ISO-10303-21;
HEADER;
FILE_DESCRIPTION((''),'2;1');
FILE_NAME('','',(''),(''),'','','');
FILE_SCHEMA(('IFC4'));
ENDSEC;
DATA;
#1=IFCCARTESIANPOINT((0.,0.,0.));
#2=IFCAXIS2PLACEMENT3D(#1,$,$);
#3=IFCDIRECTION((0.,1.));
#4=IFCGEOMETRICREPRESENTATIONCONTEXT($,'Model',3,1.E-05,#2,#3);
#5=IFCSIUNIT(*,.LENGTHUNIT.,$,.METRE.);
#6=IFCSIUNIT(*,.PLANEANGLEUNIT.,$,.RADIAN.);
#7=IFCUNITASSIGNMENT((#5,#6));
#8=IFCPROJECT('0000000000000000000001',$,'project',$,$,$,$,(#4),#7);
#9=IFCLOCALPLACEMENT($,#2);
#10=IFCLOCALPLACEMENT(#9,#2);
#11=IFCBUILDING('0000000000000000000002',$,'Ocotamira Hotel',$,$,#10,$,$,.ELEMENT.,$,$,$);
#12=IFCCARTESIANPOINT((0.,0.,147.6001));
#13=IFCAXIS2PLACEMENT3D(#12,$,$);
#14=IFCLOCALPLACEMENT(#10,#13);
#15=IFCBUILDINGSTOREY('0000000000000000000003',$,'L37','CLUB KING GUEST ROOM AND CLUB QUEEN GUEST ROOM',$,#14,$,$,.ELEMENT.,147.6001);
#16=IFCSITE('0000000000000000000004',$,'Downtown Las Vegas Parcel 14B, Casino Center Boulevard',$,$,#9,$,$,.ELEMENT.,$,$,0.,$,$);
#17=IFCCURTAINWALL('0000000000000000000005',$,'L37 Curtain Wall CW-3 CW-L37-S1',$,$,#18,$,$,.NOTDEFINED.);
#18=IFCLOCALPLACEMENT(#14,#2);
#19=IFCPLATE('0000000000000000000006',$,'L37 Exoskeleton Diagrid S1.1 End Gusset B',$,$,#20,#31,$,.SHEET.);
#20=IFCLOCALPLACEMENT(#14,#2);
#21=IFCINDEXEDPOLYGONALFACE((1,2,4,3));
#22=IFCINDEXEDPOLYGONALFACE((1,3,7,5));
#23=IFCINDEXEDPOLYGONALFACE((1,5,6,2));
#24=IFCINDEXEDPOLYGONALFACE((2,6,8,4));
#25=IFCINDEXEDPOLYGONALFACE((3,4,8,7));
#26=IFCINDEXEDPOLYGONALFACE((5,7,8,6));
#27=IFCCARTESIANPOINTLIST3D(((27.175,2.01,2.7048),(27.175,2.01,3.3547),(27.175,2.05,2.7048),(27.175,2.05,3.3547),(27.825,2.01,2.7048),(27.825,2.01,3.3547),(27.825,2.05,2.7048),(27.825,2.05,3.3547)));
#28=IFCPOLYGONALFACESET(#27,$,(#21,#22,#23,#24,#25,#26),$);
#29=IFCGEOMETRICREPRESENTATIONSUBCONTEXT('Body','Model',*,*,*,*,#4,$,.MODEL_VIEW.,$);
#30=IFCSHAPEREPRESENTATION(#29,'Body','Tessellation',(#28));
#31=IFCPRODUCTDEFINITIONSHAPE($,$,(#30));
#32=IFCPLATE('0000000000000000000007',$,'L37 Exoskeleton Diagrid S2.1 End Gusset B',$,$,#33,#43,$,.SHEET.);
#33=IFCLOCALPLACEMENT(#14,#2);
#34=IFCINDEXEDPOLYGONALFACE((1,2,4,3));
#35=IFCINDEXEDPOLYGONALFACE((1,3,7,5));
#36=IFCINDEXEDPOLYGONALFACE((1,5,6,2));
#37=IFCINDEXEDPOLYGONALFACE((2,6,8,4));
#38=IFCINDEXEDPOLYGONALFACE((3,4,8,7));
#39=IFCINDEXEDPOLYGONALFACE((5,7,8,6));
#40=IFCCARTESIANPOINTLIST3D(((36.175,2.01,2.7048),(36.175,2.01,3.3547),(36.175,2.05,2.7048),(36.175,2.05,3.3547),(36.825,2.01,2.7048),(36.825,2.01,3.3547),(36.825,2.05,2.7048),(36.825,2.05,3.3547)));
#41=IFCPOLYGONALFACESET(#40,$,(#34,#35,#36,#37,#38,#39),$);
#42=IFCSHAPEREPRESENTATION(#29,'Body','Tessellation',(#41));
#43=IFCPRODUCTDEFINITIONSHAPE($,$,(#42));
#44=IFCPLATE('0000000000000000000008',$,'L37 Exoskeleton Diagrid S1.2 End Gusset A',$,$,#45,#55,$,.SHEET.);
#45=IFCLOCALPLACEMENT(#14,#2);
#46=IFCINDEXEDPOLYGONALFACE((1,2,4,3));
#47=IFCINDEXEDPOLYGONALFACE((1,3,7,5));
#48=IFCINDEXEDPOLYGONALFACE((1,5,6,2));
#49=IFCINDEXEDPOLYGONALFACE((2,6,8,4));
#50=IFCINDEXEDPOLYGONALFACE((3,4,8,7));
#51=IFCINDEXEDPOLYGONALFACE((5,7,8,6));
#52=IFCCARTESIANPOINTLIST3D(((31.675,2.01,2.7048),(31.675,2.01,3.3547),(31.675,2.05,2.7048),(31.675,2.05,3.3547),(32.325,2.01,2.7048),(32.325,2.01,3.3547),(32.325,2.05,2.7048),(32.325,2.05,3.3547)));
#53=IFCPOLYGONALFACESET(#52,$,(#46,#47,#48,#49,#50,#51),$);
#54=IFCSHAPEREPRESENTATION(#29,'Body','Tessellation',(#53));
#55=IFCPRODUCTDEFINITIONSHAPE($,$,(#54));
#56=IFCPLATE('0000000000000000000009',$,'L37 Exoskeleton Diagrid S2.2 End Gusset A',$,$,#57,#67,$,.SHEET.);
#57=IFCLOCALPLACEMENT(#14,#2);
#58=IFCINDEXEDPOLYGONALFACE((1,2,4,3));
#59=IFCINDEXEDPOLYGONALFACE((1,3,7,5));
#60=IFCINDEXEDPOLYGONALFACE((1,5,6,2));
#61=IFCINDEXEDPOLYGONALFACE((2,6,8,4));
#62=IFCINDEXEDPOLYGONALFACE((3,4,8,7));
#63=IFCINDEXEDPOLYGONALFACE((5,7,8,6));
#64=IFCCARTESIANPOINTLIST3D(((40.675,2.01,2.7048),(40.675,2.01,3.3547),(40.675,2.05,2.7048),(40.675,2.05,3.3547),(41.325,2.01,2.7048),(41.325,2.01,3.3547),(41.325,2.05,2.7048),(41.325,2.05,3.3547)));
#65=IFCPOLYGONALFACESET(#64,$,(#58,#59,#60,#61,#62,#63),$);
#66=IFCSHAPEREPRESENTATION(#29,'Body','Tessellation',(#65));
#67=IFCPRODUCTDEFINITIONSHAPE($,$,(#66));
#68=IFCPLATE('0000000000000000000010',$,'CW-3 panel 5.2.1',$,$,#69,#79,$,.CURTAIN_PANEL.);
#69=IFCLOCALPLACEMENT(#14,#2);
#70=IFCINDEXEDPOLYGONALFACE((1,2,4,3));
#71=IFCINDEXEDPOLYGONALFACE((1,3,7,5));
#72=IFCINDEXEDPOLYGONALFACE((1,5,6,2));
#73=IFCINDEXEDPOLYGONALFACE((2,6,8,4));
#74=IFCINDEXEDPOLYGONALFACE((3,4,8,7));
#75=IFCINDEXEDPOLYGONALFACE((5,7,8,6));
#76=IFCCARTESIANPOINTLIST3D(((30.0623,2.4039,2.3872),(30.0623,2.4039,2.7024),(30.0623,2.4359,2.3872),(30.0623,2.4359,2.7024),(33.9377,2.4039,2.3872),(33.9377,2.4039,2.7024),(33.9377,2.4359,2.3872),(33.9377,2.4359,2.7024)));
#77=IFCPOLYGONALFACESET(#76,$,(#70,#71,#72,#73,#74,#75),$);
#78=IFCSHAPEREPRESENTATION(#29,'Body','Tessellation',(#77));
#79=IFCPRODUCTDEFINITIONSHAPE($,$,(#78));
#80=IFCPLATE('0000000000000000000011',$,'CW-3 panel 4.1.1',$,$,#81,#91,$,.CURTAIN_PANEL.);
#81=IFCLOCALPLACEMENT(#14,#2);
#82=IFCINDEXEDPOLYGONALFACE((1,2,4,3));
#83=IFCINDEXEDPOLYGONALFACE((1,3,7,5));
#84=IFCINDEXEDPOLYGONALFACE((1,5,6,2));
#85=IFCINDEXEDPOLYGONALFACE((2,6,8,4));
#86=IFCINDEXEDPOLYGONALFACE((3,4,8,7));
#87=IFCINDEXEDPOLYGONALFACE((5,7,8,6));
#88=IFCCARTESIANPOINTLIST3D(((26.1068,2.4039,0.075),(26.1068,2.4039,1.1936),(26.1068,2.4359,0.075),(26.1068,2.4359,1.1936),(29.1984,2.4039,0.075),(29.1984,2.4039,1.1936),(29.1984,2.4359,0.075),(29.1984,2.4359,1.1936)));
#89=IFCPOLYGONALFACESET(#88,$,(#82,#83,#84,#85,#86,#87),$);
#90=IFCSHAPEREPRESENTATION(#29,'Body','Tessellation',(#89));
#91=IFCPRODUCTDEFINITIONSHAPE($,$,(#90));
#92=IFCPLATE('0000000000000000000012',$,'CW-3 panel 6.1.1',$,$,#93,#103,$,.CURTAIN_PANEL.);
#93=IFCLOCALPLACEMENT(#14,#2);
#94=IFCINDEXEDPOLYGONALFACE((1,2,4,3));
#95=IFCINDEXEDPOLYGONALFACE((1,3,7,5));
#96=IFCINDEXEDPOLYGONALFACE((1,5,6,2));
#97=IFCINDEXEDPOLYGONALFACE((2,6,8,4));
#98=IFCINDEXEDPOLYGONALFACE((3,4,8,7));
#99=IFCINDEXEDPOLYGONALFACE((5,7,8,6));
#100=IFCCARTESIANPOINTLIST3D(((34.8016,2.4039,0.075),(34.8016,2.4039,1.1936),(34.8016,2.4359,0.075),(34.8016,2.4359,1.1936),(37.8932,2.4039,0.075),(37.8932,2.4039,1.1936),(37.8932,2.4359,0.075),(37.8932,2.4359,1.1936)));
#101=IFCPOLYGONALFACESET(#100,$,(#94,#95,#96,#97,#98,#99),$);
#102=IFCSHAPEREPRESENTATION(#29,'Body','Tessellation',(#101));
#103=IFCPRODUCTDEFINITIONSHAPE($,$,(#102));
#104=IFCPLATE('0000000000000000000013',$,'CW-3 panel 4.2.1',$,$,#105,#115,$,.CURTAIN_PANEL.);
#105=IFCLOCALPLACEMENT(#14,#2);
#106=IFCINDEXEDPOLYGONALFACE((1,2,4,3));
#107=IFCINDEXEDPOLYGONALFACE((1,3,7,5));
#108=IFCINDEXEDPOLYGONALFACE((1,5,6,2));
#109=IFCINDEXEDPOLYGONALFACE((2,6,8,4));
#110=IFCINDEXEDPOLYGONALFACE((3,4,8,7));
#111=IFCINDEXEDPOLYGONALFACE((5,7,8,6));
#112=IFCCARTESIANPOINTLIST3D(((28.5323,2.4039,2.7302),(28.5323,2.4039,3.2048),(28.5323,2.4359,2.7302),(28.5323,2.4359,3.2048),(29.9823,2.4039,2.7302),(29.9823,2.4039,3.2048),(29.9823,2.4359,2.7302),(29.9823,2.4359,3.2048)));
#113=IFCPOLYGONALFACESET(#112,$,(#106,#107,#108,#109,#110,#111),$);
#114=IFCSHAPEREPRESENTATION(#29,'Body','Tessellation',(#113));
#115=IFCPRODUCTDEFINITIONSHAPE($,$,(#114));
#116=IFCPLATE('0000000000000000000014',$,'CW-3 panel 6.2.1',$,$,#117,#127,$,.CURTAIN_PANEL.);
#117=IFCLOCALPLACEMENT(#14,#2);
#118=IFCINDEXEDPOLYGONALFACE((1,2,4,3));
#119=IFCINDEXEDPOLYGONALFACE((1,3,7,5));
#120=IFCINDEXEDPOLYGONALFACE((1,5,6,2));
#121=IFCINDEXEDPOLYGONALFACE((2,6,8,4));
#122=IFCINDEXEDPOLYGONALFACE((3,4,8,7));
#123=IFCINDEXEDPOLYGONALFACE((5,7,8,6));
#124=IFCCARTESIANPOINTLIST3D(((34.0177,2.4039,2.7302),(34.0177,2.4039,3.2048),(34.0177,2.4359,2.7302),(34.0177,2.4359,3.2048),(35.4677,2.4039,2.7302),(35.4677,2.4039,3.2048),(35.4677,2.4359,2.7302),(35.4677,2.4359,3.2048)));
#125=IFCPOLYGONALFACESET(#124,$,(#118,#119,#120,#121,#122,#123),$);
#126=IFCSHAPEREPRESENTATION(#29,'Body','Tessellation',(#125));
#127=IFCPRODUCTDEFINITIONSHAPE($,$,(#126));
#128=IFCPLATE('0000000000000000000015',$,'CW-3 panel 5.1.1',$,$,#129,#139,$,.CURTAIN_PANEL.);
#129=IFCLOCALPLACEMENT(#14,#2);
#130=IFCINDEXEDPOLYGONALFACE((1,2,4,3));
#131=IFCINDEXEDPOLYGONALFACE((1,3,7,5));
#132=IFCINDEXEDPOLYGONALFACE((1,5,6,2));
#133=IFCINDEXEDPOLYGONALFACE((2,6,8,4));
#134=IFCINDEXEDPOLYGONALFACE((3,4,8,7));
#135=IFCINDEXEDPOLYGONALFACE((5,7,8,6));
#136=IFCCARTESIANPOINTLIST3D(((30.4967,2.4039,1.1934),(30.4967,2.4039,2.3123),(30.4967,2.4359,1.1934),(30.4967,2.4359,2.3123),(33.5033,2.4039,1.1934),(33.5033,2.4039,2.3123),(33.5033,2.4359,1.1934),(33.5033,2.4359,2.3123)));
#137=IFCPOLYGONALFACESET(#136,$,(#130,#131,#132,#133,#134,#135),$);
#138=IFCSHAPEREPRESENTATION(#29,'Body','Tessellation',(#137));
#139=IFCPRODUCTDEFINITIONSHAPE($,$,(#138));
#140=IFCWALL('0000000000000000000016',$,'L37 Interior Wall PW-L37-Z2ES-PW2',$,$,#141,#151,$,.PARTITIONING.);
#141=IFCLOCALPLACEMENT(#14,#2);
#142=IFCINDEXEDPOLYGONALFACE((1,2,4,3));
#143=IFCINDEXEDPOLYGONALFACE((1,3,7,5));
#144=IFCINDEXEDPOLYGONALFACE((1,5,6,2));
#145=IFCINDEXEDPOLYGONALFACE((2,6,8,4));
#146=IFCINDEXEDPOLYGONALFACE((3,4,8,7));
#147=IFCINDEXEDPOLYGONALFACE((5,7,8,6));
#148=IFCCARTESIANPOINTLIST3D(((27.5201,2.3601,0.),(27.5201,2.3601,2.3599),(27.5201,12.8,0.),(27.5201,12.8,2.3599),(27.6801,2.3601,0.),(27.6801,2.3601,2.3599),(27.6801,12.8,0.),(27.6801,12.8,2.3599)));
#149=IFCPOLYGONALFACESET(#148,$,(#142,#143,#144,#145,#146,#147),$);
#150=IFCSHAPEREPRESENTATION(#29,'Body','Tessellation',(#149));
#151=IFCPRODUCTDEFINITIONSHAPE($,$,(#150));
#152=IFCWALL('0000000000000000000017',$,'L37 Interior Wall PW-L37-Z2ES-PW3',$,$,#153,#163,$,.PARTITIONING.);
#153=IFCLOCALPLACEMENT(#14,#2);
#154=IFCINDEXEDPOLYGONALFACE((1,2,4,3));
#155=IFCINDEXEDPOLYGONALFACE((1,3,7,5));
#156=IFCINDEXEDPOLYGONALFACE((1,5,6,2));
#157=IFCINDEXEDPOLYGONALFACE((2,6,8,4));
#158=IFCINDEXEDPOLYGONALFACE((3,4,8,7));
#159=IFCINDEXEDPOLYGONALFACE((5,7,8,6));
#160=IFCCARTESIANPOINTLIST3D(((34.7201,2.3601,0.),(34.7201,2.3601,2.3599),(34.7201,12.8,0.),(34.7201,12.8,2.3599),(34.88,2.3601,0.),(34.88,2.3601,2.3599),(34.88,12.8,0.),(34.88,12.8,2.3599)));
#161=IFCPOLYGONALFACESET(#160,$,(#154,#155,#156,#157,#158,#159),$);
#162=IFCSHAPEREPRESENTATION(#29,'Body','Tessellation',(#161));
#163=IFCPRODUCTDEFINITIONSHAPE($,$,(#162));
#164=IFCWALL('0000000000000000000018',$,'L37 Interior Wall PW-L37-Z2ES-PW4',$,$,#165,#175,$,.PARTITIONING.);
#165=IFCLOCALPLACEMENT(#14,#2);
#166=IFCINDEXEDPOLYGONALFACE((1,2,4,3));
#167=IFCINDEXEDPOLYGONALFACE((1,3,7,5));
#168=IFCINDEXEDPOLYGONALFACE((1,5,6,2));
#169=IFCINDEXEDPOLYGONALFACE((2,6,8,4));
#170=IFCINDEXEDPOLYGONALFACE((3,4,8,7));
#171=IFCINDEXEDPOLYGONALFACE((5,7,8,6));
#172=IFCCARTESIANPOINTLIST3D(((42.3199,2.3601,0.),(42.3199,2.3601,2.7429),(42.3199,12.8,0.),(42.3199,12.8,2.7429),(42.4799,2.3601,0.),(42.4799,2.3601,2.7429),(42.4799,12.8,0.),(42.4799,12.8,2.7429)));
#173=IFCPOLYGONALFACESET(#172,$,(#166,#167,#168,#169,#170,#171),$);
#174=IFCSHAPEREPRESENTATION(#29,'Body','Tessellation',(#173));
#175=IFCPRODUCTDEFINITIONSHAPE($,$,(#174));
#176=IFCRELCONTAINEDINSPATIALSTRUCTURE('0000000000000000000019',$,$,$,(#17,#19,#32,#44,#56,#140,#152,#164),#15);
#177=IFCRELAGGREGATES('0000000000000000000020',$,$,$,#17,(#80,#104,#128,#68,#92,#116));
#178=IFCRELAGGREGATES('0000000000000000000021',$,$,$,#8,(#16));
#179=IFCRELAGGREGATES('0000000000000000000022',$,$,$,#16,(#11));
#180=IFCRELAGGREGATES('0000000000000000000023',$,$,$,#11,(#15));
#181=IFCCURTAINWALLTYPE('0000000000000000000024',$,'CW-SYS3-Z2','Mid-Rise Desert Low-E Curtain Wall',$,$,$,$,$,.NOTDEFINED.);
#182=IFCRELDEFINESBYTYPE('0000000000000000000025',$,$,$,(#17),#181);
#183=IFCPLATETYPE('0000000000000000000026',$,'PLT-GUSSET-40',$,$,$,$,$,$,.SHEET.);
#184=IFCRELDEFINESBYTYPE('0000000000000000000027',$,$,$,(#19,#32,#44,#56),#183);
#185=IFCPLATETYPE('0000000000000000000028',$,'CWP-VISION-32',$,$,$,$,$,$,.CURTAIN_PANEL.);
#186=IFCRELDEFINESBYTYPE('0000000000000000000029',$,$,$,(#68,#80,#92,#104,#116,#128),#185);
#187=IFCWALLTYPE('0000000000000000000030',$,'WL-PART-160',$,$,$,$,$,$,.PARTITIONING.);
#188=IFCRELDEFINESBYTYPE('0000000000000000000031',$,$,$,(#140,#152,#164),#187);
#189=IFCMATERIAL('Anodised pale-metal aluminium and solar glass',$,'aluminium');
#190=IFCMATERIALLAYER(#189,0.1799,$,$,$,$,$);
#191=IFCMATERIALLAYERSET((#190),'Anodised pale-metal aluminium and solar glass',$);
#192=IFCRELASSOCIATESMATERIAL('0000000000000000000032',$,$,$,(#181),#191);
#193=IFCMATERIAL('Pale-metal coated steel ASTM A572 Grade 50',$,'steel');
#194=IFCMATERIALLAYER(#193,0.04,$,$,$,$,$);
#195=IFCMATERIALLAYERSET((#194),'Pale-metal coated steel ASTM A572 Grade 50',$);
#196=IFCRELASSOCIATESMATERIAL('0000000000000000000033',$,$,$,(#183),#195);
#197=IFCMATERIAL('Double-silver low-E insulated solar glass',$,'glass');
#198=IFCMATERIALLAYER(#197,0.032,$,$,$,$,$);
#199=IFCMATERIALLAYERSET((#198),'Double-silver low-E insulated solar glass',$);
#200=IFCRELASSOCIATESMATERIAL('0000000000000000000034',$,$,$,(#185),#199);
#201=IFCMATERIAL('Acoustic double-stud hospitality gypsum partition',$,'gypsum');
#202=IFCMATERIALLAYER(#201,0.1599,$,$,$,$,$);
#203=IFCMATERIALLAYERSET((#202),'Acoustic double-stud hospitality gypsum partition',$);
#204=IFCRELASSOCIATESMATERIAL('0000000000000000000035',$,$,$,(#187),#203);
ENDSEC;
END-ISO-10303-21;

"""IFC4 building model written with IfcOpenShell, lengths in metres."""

from ifc_helpers import new_model, si_unit, direction, frame, frame_2d, origin, origin_2d, place, context, subcontext, project, spatial, rectangle, extrude, source, transform, mapped, material, layer, layer_set, type_object, element, aggregate, save


model = new_model("IFC4")

# Units and contexts
model_context = context("Model", 3, precision=1e-05, world=origin(), true_north=direction((0.0, 1.0)))
body_context = subcontext(model_context, "Body", "Model", "MODEL_VIEW")
ifc_project = project(units=[si_unit("LENGTHUNIT", "METRE"), si_unit("PLANEANGLEUNIT", "RADIAN")], contexts=[model_context])

# Site, building, storey
site_placement = place(None, origin())
site = spatial("IfcSite", under=ifc_project, at=site_placement, Name="Downtown Las Vegas Parcel 14B, Casino Center Boulevard", CompositionType="ELEMENT", RefElevation=0.0)
building_placement = place(site_placement, origin())
building = spatial("IfcBuilding", under=site, at=building_placement, Name="Ocotamira Hotel", CompositionType="ELEMENT")
storey_placement = place(building_placement, frame((0.0, 0.0, 147.6001)))
storey = spatial("IfcBuildingStorey", under=building, at=storey_placement, Name="L37", Description="CLUB KING GUEST ROOM AND CLUB QUEEN GUEST ROOM", CompositionType="ELEMENT", Elevation=147.6001)

# Curtain wall
ifc_material_1 = material(Name="Anodised pale-metal aluminium and solar glass", Category="aluminium")
ifc_layer_1 = layer(ifc_material_1, 0.1799)
ifc_layer_set_1 = layer_set([ifc_layer_1], Name="Anodised pale-metal aluminium and solar glass")
curtain_wall_type = type_object("IfcCurtainWallType", Name="CW-SYS3-Z2", Description="Mid-Rise Desert Low-E Curtain Wall", PredefinedType="NOTDEFINED", material=ifc_layer_set_1)
curtain_wall_placement = place(storey_placement, origin())
curtain_wall = element("IfcCurtainWall", 1, at=curtain_wall_placement, inside=storey, type_object=curtain_wall_type, Name="L37 Curtain Wall CW-3 CW-L37-S1", PredefinedType="NOTDEFINED")

# Plates
ifc_material_2 = material(Name="Pale-metal coated steel ASTM A572 Grade 50", Category="steel")
ifc_layer_2 = layer(ifc_material_2, 0.04)
ifc_layer_set_2 = layer_set([ifc_layer_2], Name="Pale-metal coated steel ASTM A572 Grade 50")
plate_type_1 = type_object("IfcPlateType", Name="PLT-GUSSET-40", PredefinedType="SHEET", material=ifc_layer_set_2)
shared_shape_1 = source(origin(), body_context, "Body", "SweptSolid", [
    extrude(rectangle(XDim=0.6499, YDim=0.04, at=origin_2d()), origin(), (0.0, 0.0, 1.0), 0.6499),
])
for number, where, z_axis, x_axis, name in (
    (2, (27.5, 2.03, 2.7048), (0.0, 0.0, 1.0), (1.0, 0.0, 0.0), "L37 Exoskeleton Diagrid S1.1 End Gusset B"),
    (3, (36.5, 2.03, 2.7048), (0.0, 0.0, 1.0), (1.0, 0.0, 0.0), "L37 Exoskeleton Diagrid S2.1 End Gusset B"),
    (4, (32.0, 2.03, 2.7048), (0.0, 0.0, 1.0), (-1.0, 0.0, 0.0), "L37 Exoskeleton Diagrid S1.2 End Gusset A"),
    (5, (41.0, 2.03, 2.7048), (0.0, 0.0, 1.0), (-1.0, 0.0, 0.0), "L37 Exoskeleton Diagrid S2.2 End Gusset A"),
):
    element("IfcPlate", number, at=place(storey_placement, frame(where, z_axis=z_axis, x_axis=x_axis)), inside=storey, type_object=plate_type_1, Name=name, PredefinedType="SHEET", context=body_context, shape_type="MappedRepresentation", body=[
        mapped(shared_shape_1, transform((0.0, 0.0, 0.0), scale=1.0)),
    ])

# Plates
ifc_material_3 = material(Name="Double-silver low-E insulated solar glass", Category="glass")
ifc_layer_3 = layer(ifc_material_3, 0.032)
ifc_layer_set_3 = layer_set([ifc_layer_3], Name="Double-silver low-E insulated solar glass")
plate_type_2 = type_object("IfcPlateType", Name="CWP-VISION-32", PredefinedType="CURTAIN_PANEL", material=ifc_layer_set_3)
shared_shape_2 = source(origin(), body_context, "Body", "SweptSolid", [
    extrude(rectangle(XDim=3.8755, YDim=0.032, at=origin_2d()), origin(), (0.0, 0.0, 1.0), 0.3152),
])
plate_1_placement = place(storey_placement, frame((32.0, 2.4199, 2.3872), z_axis=(0.0, 0.0, 1.0), x_axis=(1.0, 0.0, 0.0)))
plate_1 = element("IfcPlate", 6, at=plate_1_placement, type_object=plate_type_2, Name="CW-3 panel 5.2.1", PredefinedType="CURTAIN_PANEL", context=body_context, shape_type="MappedRepresentation", body=[
    mapped(shared_shape_2, transform((0.0, 0.0, 0.0), scale=1.0)),
])
shared_shape_3 = source(origin(), body_context, "Body", "SweptSolid", [
    extrude(rectangle(XDim=3.0916, YDim=0.032, at=origin_2d()), origin(), (0.0, 0.0, 1.0), 1.1187),
])
plate_2_placement = place(storey_placement, frame((27.6526, 2.4199, 0.075), z_axis=(0.0, 0.0, 1.0), x_axis=(1.0, 0.0, 0.0)))
plate_2 = element("IfcPlate", 7, at=plate_2_placement, type_object=plate_type_2, Name="CW-3 panel 4.1.1", PredefinedType="CURTAIN_PANEL", context=body_context, shape_type="MappedRepresentation", body=[
    mapped(shared_shape_3, transform((0.0, 0.0, 0.0), scale=1.0)),
])
plate_3_placement = place(storey_placement, frame((36.3474, 2.4199, 0.075), z_axis=(0.0, 0.0, 1.0), x_axis=(1.0, 0.0, 0.0)))
plate_3 = element("IfcPlate", 8, at=plate_3_placement, type_object=plate_type_2, Name="CW-3 panel 6.1.1", PredefinedType="CURTAIN_PANEL", context=body_context, shape_type="MappedRepresentation", body=[
    mapped(shared_shape_3, transform((0.0, 0.0, 0.0), scale=1.0)),
])
shared_shape_4 = source(origin(), body_context, "Body", "SweptSolid", [
    extrude(rectangle(XDim=1.45, YDim=0.032, at=origin_2d()), origin(), (0.0, 0.0, 1.0), 0.4746),
])
plate_4_placement = place(storey_placement, frame((29.2573, 2.4199, 2.7302), z_axis=(0.0, 0.0, 1.0), x_axis=(1.0, 0.0, 0.0)))
plate_4 = element("IfcPlate", 9, at=plate_4_placement, type_object=plate_type_2, Name="CW-3 panel 4.2.1", PredefinedType="CURTAIN_PANEL", context=body_context, shape_type="MappedRepresentation", body=[
    mapped(shared_shape_4, transform((0.0, 0.0, 0.0), scale=1.0)),
])
plate_5_placement = place(storey_placement, frame((34.7427, 2.4199, 2.7302), z_axis=(0.0, 0.0, 1.0), x_axis=(1.0, 0.0, 0.0)))
plate_5 = element("IfcPlate", 10, at=plate_5_placement, type_object=plate_type_2, Name="CW-3 panel 6.2.1", PredefinedType="CURTAIN_PANEL", context=body_context, shape_type="MappedRepresentation", body=[
    mapped(shared_shape_4, transform((0.0, 0.0, 0.0), scale=1.0)),
])
shared_shape_5 = source(origin(), body_context, "Body", "SweptSolid", [
    extrude(rectangle(XDim=3.0066, YDim=0.032, at=origin_2d()), origin(), (0.0, 0.0, 1.0), 1.1189),
])
plate_6_placement = place(storey_placement, frame((32.0, 2.4199, 1.1934), z_axis=(0.0, 0.0, 1.0), x_axis=(1.0, 0.0, 0.0)))
plate_6 = element("IfcPlate", 11, at=plate_6_placement, type_object=plate_type_2, Name="CW-3 panel 5.1.1", PredefinedType="CURTAIN_PANEL", context=body_context, shape_type="MappedRepresentation", body=[
    mapped(shared_shape_5, transform((0.0, 0.0, 0.0), scale=1.0)),
])
aggregate(curtain_wall, [plate_2, plate_4, plate_6, plate_1, plate_3, plate_5])

# Walls
ifc_material_4 = material(Name="Acoustic double-stud hospitality gypsum partition", Category="gypsum")
ifc_layer_4 = layer(ifc_material_4, 0.1599)
ifc_layer_set_4 = layer_set([ifc_layer_4], Name="Acoustic double-stud hospitality gypsum partition")
wall_type = type_object("IfcWallType", Name="WL-PART-160", PredefinedType="PARTITIONING", material=ifc_layer_set_4)
for number, where, z_axis, x_axis, name in (
    (12, (27.6001, 2.3601, 0.0), (0.0, 0.0, 1.0), (0.0, 1.0, 0.0), "L37 Interior Wall PW-L37-Z2ES-PW2"),
    (13, (34.8, 2.3601, 0.0), (0.0, 0.0, 1.0), (0.0, 1.0, 0.0), "L37 Interior Wall PW-L37-Z2ES-PW3"),
):
    element("IfcWall", number, at=place(storey_placement, frame(where, z_axis=z_axis, x_axis=x_axis)), inside=storey, type_object=wall_type, Name=name, PredefinedType="PARTITIONING", context=body_context, shape_type="SweptSolid", body=[
        extrude(rectangle(XDim=10.4399, YDim=0.1599, at=frame_2d((5.22, 0.0))), origin(), (0.0, 0.0, 1.0), 2.3599),
    ])
wall_placement = place(storey_placement, frame((42.3999, 2.3601, 0.0), z_axis=(0.0, 0.0, 1.0), x_axis=(0.0, 1.0, 0.0)))
element("IfcWall", 14, at=wall_placement, inside=storey, type_object=wall_type, Name="L37 Interior Wall PW-L37-Z2ES-PW4", PredefinedType="PARTITIONING", context=body_context, shape_type="SweptSolid", body=[
    extrude(rectangle(XDim=10.4399, YDim=0.1599, at=frame_2d((5.22, 0.0))), origin(), (0.0, 0.0, 1.0), 2.7429),
])

save(model, "model.ifc")
